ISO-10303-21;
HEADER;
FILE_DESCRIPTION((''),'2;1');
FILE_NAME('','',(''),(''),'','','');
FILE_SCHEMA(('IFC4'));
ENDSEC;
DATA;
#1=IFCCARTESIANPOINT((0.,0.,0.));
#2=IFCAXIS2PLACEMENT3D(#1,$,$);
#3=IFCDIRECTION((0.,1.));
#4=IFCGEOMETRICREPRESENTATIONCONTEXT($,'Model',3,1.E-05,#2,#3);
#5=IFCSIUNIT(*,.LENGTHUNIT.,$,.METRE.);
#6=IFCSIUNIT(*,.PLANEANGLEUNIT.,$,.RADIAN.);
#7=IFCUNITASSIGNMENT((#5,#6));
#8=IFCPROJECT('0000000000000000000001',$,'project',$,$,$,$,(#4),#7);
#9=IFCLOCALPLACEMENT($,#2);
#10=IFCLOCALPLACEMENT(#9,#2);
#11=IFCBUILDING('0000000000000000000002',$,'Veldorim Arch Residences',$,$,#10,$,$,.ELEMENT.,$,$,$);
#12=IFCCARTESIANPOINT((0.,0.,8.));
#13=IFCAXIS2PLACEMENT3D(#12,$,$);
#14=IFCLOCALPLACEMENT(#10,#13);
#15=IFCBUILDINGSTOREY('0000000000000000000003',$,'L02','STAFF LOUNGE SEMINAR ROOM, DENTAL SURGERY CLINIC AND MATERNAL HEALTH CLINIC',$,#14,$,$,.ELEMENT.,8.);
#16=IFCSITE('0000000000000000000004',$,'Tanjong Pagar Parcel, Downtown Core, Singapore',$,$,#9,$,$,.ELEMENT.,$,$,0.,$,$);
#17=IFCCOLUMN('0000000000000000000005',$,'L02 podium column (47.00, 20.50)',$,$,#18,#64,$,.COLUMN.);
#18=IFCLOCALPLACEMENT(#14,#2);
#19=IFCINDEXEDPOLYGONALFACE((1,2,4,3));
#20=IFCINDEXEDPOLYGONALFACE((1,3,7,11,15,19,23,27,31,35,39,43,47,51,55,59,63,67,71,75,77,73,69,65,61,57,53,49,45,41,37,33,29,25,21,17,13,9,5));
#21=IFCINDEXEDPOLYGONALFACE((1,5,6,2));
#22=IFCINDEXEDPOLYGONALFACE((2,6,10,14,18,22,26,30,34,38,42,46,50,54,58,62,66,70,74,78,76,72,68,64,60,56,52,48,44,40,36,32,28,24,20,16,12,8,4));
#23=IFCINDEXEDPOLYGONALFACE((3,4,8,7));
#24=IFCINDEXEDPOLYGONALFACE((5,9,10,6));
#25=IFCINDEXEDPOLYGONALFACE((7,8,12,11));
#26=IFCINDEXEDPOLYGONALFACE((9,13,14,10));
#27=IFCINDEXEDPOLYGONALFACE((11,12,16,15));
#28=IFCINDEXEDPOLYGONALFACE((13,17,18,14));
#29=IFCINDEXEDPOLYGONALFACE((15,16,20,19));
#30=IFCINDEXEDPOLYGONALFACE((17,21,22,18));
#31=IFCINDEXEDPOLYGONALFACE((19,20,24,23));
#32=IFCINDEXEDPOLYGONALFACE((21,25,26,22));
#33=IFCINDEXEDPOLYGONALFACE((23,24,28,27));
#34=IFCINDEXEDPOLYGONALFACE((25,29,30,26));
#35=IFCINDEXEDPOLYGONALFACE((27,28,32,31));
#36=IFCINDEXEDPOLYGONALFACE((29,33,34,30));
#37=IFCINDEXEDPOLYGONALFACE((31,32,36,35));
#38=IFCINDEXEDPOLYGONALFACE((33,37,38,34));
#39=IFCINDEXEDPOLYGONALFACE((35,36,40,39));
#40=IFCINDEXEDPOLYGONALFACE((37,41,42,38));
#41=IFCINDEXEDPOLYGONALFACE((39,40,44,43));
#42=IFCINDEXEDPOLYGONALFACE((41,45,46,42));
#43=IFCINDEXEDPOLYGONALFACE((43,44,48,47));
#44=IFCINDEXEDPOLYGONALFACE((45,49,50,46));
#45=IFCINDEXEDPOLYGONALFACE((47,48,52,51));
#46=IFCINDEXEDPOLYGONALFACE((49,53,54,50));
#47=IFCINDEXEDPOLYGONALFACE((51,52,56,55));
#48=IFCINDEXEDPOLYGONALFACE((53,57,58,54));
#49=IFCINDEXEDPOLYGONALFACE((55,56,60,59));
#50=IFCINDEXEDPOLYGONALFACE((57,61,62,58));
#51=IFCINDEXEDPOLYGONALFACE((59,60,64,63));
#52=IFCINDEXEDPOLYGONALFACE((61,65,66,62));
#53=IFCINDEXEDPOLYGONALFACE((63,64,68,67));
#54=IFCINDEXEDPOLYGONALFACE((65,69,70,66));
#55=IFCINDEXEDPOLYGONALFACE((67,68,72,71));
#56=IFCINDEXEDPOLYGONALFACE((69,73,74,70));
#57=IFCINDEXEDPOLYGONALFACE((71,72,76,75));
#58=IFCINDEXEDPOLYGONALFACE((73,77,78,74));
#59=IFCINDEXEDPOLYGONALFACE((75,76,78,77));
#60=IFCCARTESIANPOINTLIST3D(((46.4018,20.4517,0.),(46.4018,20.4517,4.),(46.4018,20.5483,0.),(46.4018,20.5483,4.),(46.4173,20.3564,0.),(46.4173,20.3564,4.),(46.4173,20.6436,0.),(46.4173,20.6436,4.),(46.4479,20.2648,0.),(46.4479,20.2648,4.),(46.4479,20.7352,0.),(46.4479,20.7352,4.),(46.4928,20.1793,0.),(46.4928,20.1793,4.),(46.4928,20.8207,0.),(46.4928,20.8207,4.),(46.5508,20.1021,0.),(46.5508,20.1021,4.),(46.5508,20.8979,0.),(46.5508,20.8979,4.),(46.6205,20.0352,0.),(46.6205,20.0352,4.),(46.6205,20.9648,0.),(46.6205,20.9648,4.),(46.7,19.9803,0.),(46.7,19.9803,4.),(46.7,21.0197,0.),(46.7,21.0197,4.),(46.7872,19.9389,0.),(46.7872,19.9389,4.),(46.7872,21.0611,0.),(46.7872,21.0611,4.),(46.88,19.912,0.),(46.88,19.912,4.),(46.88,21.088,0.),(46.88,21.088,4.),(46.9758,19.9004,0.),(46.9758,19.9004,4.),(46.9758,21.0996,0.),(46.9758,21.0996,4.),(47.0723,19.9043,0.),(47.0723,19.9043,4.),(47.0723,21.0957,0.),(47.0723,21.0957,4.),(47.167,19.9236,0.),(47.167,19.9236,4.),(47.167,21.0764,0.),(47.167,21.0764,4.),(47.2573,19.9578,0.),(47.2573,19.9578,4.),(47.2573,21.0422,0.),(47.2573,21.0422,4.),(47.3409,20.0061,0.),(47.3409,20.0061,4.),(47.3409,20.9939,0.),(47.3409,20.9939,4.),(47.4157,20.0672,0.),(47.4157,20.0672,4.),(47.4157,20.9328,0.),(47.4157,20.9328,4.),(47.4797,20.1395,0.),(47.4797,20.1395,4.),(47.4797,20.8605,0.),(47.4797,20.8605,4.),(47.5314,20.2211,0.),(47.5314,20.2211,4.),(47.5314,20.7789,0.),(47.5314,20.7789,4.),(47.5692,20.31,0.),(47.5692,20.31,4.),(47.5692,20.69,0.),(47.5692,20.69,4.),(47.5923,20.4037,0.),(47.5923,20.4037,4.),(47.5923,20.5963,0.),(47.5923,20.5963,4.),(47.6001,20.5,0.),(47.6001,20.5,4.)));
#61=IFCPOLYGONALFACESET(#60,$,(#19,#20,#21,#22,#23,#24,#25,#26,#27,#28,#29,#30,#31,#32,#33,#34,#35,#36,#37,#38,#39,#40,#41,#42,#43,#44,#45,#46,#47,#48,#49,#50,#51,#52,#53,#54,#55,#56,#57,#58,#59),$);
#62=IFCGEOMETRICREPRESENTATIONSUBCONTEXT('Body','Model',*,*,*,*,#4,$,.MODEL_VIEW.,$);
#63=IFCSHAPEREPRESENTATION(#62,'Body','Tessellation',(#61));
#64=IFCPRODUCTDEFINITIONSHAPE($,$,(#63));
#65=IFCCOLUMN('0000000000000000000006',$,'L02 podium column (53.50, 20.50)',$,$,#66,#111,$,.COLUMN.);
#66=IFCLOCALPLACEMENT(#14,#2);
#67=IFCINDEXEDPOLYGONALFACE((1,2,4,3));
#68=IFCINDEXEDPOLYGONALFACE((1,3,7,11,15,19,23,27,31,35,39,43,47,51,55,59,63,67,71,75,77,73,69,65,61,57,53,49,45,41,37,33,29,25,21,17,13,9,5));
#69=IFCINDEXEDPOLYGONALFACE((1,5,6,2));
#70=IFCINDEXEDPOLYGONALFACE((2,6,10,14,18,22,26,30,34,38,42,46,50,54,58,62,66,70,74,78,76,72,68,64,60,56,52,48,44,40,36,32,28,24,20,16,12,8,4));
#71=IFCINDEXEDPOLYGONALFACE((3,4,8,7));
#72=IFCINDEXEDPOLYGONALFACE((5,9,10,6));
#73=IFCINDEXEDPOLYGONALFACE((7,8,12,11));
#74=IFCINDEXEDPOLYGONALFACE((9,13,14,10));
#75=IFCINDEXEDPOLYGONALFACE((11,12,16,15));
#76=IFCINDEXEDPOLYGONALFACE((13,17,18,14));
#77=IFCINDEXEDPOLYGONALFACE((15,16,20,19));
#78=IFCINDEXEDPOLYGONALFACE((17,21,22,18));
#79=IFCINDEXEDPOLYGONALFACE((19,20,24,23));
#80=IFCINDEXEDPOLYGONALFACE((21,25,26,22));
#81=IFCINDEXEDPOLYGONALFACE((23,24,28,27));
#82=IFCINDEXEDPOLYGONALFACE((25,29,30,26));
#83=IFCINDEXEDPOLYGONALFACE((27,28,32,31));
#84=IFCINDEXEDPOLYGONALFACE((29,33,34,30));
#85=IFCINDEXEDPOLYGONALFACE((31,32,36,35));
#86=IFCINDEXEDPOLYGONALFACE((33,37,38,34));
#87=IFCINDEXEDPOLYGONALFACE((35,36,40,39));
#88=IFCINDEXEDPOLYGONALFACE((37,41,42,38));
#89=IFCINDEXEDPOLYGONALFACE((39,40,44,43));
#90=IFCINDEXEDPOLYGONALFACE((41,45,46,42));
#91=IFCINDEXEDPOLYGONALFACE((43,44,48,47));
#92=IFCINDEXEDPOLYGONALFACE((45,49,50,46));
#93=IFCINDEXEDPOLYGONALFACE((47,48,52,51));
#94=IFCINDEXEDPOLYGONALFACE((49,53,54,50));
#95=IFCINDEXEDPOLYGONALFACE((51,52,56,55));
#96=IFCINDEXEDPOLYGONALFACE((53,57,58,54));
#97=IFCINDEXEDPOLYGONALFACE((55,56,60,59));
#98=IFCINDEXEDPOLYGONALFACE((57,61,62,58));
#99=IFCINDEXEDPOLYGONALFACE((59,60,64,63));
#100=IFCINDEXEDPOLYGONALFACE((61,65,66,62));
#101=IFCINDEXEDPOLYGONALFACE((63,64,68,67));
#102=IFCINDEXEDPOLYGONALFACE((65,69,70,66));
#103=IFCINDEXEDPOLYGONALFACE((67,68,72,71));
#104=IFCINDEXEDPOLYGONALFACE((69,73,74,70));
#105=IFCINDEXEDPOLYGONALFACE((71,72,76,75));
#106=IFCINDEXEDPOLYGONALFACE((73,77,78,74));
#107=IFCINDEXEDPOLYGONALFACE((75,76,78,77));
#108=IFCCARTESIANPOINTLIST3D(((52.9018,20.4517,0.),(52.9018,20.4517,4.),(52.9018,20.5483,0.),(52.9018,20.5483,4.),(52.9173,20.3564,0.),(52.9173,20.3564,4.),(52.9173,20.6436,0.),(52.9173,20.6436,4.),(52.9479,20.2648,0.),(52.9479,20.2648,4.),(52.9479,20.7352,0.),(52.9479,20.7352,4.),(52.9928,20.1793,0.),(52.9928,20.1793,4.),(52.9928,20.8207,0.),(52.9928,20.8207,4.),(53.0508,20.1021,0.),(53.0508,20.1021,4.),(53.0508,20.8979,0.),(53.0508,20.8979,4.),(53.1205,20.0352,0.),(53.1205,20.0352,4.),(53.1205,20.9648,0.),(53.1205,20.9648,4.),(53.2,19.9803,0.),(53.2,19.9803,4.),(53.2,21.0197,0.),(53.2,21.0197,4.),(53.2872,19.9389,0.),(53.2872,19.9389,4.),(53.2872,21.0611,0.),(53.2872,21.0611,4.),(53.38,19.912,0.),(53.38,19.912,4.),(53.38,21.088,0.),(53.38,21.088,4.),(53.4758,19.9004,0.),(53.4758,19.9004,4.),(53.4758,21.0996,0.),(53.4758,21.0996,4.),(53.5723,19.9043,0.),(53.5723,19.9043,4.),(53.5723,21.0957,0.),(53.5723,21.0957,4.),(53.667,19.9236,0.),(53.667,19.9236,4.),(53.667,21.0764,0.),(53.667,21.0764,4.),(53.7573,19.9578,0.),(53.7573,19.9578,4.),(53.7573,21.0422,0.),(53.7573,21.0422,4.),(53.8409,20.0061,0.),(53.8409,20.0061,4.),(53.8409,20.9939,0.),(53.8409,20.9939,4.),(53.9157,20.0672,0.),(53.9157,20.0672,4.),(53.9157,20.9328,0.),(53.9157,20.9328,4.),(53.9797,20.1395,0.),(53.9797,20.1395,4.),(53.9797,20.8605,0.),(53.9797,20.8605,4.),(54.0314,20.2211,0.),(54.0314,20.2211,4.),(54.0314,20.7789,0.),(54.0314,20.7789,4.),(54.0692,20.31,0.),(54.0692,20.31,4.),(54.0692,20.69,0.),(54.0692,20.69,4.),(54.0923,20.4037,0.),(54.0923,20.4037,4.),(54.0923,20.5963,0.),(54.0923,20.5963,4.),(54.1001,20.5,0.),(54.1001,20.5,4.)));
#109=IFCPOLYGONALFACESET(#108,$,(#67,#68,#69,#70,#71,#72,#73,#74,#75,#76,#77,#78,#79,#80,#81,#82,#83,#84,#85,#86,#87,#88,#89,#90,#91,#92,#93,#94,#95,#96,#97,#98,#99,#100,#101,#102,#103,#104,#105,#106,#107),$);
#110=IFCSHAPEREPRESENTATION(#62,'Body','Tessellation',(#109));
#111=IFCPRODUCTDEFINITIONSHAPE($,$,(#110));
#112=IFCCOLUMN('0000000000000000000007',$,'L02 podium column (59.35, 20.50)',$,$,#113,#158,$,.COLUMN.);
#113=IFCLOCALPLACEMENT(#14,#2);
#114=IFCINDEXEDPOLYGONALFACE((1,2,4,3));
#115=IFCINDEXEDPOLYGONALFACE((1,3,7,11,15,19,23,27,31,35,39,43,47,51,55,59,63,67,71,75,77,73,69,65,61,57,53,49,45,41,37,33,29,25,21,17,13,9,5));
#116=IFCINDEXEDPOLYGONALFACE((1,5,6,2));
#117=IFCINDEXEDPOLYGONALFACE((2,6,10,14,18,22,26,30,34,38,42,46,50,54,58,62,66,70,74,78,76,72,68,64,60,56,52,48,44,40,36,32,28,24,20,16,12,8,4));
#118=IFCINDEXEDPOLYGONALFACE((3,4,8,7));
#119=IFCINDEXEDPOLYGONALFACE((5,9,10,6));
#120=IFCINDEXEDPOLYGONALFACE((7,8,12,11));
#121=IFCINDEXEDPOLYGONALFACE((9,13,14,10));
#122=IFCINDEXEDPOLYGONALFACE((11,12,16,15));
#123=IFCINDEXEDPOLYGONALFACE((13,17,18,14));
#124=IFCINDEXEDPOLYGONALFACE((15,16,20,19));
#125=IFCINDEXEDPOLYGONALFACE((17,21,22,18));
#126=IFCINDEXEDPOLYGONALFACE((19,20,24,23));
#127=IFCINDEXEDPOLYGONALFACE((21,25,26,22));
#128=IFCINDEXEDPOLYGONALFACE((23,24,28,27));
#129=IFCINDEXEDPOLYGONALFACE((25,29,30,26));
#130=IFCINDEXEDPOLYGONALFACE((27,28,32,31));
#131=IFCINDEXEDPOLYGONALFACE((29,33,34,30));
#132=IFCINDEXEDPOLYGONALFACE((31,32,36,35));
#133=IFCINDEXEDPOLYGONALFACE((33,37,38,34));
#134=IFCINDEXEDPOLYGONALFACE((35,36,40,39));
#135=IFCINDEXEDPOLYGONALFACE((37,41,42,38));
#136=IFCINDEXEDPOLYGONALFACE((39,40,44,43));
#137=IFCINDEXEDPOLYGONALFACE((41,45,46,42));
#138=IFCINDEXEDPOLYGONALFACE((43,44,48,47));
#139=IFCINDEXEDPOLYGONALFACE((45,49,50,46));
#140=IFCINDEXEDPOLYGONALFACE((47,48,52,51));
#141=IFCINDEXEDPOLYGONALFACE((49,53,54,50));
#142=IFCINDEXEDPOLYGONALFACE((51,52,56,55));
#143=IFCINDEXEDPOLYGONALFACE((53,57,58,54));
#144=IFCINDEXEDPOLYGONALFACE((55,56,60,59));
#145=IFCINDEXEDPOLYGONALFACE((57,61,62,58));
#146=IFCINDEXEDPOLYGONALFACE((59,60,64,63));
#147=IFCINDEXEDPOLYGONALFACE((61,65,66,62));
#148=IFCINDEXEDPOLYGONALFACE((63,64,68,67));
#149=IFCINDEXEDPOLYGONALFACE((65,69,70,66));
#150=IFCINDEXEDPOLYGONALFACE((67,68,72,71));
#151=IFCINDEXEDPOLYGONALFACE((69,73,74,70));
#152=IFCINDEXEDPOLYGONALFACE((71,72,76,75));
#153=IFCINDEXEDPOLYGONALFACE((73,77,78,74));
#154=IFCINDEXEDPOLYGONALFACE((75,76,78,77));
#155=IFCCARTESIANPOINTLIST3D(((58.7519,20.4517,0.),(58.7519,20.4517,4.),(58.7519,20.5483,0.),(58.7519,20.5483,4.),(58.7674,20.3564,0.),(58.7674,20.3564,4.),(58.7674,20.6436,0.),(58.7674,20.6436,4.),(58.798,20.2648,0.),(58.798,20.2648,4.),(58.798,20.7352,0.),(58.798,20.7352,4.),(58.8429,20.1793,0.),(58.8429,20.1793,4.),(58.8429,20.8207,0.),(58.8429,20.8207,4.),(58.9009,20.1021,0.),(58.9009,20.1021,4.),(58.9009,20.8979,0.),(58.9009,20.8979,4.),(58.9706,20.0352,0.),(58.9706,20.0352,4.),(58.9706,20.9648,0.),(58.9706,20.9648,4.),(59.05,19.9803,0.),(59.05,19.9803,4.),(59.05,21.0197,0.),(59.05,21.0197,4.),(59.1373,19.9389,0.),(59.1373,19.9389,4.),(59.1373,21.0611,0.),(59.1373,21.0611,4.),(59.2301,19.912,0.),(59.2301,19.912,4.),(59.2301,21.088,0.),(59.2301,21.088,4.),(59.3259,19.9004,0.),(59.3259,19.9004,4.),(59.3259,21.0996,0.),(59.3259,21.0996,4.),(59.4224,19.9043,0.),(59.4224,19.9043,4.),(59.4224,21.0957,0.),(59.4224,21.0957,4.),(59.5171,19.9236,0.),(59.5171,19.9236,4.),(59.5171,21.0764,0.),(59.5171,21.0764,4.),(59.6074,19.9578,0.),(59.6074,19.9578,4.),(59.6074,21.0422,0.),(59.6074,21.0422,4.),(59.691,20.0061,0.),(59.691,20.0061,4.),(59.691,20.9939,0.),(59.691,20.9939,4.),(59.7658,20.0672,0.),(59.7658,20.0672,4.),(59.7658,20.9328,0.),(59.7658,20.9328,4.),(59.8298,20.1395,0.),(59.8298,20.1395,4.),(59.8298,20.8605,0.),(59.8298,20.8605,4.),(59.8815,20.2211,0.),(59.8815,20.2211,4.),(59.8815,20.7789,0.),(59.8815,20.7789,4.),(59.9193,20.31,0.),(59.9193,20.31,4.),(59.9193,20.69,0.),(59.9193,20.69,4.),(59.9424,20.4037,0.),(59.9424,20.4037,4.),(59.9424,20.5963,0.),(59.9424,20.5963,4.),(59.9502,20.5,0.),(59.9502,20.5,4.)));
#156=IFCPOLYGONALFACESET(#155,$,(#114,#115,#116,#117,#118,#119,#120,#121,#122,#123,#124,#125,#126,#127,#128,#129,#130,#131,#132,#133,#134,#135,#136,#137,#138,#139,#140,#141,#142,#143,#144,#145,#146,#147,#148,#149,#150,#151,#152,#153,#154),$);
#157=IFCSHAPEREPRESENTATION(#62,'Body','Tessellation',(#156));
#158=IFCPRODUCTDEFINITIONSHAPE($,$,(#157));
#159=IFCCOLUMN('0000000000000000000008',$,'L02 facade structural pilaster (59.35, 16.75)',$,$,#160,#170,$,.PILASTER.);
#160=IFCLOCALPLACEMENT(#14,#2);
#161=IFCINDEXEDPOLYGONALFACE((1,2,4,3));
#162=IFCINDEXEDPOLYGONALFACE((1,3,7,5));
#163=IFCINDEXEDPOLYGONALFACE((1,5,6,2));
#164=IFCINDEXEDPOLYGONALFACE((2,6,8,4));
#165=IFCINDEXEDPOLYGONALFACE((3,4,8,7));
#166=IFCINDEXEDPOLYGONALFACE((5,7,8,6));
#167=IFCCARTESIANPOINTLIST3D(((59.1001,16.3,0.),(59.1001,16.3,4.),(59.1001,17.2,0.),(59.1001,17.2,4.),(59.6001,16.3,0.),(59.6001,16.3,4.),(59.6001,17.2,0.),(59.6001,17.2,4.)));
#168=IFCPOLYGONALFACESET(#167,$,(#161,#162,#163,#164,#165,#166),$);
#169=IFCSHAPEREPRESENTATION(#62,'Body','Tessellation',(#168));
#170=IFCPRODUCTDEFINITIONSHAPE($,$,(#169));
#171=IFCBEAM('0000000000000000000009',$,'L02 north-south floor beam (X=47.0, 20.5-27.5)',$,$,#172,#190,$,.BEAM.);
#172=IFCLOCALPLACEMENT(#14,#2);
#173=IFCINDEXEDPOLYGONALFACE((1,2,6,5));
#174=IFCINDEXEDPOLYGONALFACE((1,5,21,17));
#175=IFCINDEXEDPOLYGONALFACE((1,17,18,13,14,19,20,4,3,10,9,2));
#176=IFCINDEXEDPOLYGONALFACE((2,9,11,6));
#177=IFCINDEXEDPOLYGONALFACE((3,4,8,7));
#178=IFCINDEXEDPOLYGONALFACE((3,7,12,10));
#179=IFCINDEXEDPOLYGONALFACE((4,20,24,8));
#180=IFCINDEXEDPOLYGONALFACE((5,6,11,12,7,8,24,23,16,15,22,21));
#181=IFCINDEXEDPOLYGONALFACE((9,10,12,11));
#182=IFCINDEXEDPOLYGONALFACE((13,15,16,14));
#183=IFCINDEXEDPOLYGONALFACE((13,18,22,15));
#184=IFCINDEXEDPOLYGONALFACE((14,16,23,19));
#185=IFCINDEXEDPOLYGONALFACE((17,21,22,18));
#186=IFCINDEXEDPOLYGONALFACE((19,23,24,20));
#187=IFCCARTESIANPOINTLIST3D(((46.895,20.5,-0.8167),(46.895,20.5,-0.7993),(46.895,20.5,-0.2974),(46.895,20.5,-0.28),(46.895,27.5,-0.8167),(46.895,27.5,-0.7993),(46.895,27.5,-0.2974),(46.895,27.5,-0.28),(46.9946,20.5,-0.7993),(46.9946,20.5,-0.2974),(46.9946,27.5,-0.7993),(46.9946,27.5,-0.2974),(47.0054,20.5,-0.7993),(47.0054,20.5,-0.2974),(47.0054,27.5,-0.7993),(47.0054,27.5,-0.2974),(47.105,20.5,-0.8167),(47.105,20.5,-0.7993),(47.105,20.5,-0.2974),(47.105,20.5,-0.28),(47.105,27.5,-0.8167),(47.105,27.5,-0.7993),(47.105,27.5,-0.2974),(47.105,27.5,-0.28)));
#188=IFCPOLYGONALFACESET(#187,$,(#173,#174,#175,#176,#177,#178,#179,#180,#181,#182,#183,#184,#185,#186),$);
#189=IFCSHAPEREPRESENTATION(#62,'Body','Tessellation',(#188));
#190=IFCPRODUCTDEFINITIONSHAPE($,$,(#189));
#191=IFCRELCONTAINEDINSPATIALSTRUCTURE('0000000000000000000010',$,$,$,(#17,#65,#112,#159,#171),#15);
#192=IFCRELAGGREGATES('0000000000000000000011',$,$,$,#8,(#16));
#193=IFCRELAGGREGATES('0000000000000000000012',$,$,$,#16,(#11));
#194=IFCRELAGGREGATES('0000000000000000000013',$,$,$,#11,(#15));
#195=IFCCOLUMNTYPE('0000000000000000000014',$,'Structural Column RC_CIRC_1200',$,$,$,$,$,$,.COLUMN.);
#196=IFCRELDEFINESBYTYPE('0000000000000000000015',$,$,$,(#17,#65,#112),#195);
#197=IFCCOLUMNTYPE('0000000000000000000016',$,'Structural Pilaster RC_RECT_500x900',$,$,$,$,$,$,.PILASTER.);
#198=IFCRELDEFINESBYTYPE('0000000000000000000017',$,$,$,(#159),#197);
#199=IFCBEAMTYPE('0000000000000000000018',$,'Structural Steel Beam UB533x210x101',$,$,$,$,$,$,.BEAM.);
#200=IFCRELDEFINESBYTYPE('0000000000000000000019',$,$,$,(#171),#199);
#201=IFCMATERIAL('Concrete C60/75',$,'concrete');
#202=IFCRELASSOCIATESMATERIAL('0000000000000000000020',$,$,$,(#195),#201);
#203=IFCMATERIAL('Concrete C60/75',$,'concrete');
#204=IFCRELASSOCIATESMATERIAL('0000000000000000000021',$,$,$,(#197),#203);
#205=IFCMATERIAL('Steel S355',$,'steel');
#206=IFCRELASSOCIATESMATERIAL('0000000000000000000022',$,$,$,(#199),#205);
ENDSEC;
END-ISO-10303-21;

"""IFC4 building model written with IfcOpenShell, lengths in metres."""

from ifc_helpers import new_model, si_unit, direction, frame, origin, origin_2d, place, context, subcontext, project, spatial, rectangle, circle, i_section, extrude, material, material_profile, profile_set, type_object, element, save


model = new_model("IFC4")

# Units and contexts
model_context = context("Model", 3, precision=1e-05, world=origin(), true_north=direction((0.0, 1.0)))
body_context = subcontext(model_context, "Body", "Model", "MODEL_VIEW")
ifc_project = project(units=[si_unit("LENGTHUNIT", "METRE"), si_unit("PLANEANGLEUNIT", "RADIAN")], contexts=[model_context])

# Site, building, storey
site_placement = place(None, origin())
site = spatial("IfcSite", under=ifc_project, at=site_placement, Name="Tanjong Pagar Parcel, Downtown Core, Singapore", CompositionType="ELEMENT", RefElevation=0.0)
building_placement = place(site_placement, origin())
building = spatial("IfcBuilding", under=site, at=building_placement, Name="Veldorim Arch Residences", CompositionType="ELEMENT")
storey_placement = place(building_placement, frame((0.0, 0.0, 8.0)))
storey = spatial("IfcBuildingStorey", under=building, at=storey_placement, Name="L02", Description="STAFF LOUNGE SEMINAR ROOM, DENTAL SURGERY CLINIC AND MATERNAL HEALTH CLINIC", CompositionType="ELEMENT", Elevation=8.0)

# Columns
ifc_material_1 = material(Name="Concrete C60/75", Category="concrete")
ifc_material_profile_1 = material_profile(ifc_material_1, circle(Radius=0.6001, at=origin_2d()), Name="RC_CIRC_1200")
ifc_profile_set_1 = profile_set([ifc_material_profile_1], Name="Concrete C60/75")
column_type_1 = type_object("IfcColumnType", Name="Structural Column RC_CIRC_1200", PredefinedType="COLUMN", material=ifc_profile_set_1)
for number, where, z_axis, x_axis, name in (
    (1, (47.0, 20.5, 0.0), (0.0, 0.0, 1.0), (1.0, 0.0, 0.0), "L02 podium column (47.00, 20.50)"),
    (2, (53.5, 20.5, 0.0), (0.0, 0.0, 1.0), (1.0, 0.0, 0.0), "L02 podium column (53.50, 20.50)"),
    (3, (59.3501, 20.5, 0.0), (0.0, 0.0, 1.0), (1.0, 0.0, 0.0), "L02 podium column (59.35, 20.50)"),
):
    element("IfcColumn", number, at=place(storey_placement, frame(where, z_axis=z_axis, x_axis=x_axis)), inside=storey, type_object=column_type_1, Name=name, PredefinedType="COLUMN", context=body_context, shape_type="SweptSolid", body=[
        extrude(circle(Radius=0.6001, at=origin_2d()), origin(), (0.0, 0.0, 1.0), 4.0),
    ])
ifc_material_2 = material(Name="Concrete C60/75", Category="concrete")
ifc_material_profile_2 = material_profile(ifc_material_2, rectangle(XDim=0.5, YDim=0.8999, at=origin_2d()), Name="RC_RECT_500x900")
ifc_profile_set_2 = profile_set([ifc_material_profile_2], Name="Concrete C60/75")
column_type_2 = type_object("IfcColumnType", Name="Structural Pilaster RC_RECT_500x900", PredefinedType="PILASTER", material=ifc_profile_set_2)
column_placement = place(storey_placement, frame((59.3501, 16.75, 0.0), z_axis=(0.0, 0.0, 1.0), x_axis=(1.0, 0.0, 0.0)))
element("IfcColumn", 4, at=column_placement, inside=storey, type_object=column_type_2, Name="L02 facade structural pilaster (59.35, 16.75)", PredefinedType="PILASTER", context=body_context, shape_type="SweptSolid", body=[
    extrude(rectangle(XDim=0.5, YDim=0.8999, at=origin_2d()), origin(), (0.0, 0.0, 1.0), 4.0),
])

# Beam
ifc_material_3 = material(Name="Steel S355", Category="steel")
ifc_material_profile_3 = material_profile(ifc_material_3, i_section(OverallWidth=0.21, OverallDepth=0.5366, WebThickness=0.0107, FlangeThickness=0.0173, at=origin_2d()), Name="UB533x210x101")
ifc_profile_set_3 = profile_set([ifc_material_profile_3], Name="Steel S355")
beam_type_1 = type_object("IfcBeamType", Name="Structural Steel Beam UB533x210x101", PredefinedType="BEAM", material=ifc_profile_set_3)
for number, where, z_axis, x_axis, name in (
    (5, (47.0, 20.5, -0.5483), (0.0, 1.0, 0.0), (-1.0, 0.0, 0.0), "L02 north-south floor beam (X=47.0, 20.5-27.5)"),
):
    element("IfcBeam", number, at=place(storey_placement, frame(where, z_axis=z_axis, x_axis=x_axis)), inside=storey, type_object=beam_type_1, Name=name, PredefinedType="BEAM", context=body_context, shape_type="SweptSolid", body=[
        extrude(i_section(OverallWidth=0.21, OverallDepth=0.5366, WebThickness=0.0107, FlangeThickness=0.0173, at=origin_2d()), origin(), (0.0, 0.0, 1.0), 7.0),
    ])

save(model, "model.ifc")
